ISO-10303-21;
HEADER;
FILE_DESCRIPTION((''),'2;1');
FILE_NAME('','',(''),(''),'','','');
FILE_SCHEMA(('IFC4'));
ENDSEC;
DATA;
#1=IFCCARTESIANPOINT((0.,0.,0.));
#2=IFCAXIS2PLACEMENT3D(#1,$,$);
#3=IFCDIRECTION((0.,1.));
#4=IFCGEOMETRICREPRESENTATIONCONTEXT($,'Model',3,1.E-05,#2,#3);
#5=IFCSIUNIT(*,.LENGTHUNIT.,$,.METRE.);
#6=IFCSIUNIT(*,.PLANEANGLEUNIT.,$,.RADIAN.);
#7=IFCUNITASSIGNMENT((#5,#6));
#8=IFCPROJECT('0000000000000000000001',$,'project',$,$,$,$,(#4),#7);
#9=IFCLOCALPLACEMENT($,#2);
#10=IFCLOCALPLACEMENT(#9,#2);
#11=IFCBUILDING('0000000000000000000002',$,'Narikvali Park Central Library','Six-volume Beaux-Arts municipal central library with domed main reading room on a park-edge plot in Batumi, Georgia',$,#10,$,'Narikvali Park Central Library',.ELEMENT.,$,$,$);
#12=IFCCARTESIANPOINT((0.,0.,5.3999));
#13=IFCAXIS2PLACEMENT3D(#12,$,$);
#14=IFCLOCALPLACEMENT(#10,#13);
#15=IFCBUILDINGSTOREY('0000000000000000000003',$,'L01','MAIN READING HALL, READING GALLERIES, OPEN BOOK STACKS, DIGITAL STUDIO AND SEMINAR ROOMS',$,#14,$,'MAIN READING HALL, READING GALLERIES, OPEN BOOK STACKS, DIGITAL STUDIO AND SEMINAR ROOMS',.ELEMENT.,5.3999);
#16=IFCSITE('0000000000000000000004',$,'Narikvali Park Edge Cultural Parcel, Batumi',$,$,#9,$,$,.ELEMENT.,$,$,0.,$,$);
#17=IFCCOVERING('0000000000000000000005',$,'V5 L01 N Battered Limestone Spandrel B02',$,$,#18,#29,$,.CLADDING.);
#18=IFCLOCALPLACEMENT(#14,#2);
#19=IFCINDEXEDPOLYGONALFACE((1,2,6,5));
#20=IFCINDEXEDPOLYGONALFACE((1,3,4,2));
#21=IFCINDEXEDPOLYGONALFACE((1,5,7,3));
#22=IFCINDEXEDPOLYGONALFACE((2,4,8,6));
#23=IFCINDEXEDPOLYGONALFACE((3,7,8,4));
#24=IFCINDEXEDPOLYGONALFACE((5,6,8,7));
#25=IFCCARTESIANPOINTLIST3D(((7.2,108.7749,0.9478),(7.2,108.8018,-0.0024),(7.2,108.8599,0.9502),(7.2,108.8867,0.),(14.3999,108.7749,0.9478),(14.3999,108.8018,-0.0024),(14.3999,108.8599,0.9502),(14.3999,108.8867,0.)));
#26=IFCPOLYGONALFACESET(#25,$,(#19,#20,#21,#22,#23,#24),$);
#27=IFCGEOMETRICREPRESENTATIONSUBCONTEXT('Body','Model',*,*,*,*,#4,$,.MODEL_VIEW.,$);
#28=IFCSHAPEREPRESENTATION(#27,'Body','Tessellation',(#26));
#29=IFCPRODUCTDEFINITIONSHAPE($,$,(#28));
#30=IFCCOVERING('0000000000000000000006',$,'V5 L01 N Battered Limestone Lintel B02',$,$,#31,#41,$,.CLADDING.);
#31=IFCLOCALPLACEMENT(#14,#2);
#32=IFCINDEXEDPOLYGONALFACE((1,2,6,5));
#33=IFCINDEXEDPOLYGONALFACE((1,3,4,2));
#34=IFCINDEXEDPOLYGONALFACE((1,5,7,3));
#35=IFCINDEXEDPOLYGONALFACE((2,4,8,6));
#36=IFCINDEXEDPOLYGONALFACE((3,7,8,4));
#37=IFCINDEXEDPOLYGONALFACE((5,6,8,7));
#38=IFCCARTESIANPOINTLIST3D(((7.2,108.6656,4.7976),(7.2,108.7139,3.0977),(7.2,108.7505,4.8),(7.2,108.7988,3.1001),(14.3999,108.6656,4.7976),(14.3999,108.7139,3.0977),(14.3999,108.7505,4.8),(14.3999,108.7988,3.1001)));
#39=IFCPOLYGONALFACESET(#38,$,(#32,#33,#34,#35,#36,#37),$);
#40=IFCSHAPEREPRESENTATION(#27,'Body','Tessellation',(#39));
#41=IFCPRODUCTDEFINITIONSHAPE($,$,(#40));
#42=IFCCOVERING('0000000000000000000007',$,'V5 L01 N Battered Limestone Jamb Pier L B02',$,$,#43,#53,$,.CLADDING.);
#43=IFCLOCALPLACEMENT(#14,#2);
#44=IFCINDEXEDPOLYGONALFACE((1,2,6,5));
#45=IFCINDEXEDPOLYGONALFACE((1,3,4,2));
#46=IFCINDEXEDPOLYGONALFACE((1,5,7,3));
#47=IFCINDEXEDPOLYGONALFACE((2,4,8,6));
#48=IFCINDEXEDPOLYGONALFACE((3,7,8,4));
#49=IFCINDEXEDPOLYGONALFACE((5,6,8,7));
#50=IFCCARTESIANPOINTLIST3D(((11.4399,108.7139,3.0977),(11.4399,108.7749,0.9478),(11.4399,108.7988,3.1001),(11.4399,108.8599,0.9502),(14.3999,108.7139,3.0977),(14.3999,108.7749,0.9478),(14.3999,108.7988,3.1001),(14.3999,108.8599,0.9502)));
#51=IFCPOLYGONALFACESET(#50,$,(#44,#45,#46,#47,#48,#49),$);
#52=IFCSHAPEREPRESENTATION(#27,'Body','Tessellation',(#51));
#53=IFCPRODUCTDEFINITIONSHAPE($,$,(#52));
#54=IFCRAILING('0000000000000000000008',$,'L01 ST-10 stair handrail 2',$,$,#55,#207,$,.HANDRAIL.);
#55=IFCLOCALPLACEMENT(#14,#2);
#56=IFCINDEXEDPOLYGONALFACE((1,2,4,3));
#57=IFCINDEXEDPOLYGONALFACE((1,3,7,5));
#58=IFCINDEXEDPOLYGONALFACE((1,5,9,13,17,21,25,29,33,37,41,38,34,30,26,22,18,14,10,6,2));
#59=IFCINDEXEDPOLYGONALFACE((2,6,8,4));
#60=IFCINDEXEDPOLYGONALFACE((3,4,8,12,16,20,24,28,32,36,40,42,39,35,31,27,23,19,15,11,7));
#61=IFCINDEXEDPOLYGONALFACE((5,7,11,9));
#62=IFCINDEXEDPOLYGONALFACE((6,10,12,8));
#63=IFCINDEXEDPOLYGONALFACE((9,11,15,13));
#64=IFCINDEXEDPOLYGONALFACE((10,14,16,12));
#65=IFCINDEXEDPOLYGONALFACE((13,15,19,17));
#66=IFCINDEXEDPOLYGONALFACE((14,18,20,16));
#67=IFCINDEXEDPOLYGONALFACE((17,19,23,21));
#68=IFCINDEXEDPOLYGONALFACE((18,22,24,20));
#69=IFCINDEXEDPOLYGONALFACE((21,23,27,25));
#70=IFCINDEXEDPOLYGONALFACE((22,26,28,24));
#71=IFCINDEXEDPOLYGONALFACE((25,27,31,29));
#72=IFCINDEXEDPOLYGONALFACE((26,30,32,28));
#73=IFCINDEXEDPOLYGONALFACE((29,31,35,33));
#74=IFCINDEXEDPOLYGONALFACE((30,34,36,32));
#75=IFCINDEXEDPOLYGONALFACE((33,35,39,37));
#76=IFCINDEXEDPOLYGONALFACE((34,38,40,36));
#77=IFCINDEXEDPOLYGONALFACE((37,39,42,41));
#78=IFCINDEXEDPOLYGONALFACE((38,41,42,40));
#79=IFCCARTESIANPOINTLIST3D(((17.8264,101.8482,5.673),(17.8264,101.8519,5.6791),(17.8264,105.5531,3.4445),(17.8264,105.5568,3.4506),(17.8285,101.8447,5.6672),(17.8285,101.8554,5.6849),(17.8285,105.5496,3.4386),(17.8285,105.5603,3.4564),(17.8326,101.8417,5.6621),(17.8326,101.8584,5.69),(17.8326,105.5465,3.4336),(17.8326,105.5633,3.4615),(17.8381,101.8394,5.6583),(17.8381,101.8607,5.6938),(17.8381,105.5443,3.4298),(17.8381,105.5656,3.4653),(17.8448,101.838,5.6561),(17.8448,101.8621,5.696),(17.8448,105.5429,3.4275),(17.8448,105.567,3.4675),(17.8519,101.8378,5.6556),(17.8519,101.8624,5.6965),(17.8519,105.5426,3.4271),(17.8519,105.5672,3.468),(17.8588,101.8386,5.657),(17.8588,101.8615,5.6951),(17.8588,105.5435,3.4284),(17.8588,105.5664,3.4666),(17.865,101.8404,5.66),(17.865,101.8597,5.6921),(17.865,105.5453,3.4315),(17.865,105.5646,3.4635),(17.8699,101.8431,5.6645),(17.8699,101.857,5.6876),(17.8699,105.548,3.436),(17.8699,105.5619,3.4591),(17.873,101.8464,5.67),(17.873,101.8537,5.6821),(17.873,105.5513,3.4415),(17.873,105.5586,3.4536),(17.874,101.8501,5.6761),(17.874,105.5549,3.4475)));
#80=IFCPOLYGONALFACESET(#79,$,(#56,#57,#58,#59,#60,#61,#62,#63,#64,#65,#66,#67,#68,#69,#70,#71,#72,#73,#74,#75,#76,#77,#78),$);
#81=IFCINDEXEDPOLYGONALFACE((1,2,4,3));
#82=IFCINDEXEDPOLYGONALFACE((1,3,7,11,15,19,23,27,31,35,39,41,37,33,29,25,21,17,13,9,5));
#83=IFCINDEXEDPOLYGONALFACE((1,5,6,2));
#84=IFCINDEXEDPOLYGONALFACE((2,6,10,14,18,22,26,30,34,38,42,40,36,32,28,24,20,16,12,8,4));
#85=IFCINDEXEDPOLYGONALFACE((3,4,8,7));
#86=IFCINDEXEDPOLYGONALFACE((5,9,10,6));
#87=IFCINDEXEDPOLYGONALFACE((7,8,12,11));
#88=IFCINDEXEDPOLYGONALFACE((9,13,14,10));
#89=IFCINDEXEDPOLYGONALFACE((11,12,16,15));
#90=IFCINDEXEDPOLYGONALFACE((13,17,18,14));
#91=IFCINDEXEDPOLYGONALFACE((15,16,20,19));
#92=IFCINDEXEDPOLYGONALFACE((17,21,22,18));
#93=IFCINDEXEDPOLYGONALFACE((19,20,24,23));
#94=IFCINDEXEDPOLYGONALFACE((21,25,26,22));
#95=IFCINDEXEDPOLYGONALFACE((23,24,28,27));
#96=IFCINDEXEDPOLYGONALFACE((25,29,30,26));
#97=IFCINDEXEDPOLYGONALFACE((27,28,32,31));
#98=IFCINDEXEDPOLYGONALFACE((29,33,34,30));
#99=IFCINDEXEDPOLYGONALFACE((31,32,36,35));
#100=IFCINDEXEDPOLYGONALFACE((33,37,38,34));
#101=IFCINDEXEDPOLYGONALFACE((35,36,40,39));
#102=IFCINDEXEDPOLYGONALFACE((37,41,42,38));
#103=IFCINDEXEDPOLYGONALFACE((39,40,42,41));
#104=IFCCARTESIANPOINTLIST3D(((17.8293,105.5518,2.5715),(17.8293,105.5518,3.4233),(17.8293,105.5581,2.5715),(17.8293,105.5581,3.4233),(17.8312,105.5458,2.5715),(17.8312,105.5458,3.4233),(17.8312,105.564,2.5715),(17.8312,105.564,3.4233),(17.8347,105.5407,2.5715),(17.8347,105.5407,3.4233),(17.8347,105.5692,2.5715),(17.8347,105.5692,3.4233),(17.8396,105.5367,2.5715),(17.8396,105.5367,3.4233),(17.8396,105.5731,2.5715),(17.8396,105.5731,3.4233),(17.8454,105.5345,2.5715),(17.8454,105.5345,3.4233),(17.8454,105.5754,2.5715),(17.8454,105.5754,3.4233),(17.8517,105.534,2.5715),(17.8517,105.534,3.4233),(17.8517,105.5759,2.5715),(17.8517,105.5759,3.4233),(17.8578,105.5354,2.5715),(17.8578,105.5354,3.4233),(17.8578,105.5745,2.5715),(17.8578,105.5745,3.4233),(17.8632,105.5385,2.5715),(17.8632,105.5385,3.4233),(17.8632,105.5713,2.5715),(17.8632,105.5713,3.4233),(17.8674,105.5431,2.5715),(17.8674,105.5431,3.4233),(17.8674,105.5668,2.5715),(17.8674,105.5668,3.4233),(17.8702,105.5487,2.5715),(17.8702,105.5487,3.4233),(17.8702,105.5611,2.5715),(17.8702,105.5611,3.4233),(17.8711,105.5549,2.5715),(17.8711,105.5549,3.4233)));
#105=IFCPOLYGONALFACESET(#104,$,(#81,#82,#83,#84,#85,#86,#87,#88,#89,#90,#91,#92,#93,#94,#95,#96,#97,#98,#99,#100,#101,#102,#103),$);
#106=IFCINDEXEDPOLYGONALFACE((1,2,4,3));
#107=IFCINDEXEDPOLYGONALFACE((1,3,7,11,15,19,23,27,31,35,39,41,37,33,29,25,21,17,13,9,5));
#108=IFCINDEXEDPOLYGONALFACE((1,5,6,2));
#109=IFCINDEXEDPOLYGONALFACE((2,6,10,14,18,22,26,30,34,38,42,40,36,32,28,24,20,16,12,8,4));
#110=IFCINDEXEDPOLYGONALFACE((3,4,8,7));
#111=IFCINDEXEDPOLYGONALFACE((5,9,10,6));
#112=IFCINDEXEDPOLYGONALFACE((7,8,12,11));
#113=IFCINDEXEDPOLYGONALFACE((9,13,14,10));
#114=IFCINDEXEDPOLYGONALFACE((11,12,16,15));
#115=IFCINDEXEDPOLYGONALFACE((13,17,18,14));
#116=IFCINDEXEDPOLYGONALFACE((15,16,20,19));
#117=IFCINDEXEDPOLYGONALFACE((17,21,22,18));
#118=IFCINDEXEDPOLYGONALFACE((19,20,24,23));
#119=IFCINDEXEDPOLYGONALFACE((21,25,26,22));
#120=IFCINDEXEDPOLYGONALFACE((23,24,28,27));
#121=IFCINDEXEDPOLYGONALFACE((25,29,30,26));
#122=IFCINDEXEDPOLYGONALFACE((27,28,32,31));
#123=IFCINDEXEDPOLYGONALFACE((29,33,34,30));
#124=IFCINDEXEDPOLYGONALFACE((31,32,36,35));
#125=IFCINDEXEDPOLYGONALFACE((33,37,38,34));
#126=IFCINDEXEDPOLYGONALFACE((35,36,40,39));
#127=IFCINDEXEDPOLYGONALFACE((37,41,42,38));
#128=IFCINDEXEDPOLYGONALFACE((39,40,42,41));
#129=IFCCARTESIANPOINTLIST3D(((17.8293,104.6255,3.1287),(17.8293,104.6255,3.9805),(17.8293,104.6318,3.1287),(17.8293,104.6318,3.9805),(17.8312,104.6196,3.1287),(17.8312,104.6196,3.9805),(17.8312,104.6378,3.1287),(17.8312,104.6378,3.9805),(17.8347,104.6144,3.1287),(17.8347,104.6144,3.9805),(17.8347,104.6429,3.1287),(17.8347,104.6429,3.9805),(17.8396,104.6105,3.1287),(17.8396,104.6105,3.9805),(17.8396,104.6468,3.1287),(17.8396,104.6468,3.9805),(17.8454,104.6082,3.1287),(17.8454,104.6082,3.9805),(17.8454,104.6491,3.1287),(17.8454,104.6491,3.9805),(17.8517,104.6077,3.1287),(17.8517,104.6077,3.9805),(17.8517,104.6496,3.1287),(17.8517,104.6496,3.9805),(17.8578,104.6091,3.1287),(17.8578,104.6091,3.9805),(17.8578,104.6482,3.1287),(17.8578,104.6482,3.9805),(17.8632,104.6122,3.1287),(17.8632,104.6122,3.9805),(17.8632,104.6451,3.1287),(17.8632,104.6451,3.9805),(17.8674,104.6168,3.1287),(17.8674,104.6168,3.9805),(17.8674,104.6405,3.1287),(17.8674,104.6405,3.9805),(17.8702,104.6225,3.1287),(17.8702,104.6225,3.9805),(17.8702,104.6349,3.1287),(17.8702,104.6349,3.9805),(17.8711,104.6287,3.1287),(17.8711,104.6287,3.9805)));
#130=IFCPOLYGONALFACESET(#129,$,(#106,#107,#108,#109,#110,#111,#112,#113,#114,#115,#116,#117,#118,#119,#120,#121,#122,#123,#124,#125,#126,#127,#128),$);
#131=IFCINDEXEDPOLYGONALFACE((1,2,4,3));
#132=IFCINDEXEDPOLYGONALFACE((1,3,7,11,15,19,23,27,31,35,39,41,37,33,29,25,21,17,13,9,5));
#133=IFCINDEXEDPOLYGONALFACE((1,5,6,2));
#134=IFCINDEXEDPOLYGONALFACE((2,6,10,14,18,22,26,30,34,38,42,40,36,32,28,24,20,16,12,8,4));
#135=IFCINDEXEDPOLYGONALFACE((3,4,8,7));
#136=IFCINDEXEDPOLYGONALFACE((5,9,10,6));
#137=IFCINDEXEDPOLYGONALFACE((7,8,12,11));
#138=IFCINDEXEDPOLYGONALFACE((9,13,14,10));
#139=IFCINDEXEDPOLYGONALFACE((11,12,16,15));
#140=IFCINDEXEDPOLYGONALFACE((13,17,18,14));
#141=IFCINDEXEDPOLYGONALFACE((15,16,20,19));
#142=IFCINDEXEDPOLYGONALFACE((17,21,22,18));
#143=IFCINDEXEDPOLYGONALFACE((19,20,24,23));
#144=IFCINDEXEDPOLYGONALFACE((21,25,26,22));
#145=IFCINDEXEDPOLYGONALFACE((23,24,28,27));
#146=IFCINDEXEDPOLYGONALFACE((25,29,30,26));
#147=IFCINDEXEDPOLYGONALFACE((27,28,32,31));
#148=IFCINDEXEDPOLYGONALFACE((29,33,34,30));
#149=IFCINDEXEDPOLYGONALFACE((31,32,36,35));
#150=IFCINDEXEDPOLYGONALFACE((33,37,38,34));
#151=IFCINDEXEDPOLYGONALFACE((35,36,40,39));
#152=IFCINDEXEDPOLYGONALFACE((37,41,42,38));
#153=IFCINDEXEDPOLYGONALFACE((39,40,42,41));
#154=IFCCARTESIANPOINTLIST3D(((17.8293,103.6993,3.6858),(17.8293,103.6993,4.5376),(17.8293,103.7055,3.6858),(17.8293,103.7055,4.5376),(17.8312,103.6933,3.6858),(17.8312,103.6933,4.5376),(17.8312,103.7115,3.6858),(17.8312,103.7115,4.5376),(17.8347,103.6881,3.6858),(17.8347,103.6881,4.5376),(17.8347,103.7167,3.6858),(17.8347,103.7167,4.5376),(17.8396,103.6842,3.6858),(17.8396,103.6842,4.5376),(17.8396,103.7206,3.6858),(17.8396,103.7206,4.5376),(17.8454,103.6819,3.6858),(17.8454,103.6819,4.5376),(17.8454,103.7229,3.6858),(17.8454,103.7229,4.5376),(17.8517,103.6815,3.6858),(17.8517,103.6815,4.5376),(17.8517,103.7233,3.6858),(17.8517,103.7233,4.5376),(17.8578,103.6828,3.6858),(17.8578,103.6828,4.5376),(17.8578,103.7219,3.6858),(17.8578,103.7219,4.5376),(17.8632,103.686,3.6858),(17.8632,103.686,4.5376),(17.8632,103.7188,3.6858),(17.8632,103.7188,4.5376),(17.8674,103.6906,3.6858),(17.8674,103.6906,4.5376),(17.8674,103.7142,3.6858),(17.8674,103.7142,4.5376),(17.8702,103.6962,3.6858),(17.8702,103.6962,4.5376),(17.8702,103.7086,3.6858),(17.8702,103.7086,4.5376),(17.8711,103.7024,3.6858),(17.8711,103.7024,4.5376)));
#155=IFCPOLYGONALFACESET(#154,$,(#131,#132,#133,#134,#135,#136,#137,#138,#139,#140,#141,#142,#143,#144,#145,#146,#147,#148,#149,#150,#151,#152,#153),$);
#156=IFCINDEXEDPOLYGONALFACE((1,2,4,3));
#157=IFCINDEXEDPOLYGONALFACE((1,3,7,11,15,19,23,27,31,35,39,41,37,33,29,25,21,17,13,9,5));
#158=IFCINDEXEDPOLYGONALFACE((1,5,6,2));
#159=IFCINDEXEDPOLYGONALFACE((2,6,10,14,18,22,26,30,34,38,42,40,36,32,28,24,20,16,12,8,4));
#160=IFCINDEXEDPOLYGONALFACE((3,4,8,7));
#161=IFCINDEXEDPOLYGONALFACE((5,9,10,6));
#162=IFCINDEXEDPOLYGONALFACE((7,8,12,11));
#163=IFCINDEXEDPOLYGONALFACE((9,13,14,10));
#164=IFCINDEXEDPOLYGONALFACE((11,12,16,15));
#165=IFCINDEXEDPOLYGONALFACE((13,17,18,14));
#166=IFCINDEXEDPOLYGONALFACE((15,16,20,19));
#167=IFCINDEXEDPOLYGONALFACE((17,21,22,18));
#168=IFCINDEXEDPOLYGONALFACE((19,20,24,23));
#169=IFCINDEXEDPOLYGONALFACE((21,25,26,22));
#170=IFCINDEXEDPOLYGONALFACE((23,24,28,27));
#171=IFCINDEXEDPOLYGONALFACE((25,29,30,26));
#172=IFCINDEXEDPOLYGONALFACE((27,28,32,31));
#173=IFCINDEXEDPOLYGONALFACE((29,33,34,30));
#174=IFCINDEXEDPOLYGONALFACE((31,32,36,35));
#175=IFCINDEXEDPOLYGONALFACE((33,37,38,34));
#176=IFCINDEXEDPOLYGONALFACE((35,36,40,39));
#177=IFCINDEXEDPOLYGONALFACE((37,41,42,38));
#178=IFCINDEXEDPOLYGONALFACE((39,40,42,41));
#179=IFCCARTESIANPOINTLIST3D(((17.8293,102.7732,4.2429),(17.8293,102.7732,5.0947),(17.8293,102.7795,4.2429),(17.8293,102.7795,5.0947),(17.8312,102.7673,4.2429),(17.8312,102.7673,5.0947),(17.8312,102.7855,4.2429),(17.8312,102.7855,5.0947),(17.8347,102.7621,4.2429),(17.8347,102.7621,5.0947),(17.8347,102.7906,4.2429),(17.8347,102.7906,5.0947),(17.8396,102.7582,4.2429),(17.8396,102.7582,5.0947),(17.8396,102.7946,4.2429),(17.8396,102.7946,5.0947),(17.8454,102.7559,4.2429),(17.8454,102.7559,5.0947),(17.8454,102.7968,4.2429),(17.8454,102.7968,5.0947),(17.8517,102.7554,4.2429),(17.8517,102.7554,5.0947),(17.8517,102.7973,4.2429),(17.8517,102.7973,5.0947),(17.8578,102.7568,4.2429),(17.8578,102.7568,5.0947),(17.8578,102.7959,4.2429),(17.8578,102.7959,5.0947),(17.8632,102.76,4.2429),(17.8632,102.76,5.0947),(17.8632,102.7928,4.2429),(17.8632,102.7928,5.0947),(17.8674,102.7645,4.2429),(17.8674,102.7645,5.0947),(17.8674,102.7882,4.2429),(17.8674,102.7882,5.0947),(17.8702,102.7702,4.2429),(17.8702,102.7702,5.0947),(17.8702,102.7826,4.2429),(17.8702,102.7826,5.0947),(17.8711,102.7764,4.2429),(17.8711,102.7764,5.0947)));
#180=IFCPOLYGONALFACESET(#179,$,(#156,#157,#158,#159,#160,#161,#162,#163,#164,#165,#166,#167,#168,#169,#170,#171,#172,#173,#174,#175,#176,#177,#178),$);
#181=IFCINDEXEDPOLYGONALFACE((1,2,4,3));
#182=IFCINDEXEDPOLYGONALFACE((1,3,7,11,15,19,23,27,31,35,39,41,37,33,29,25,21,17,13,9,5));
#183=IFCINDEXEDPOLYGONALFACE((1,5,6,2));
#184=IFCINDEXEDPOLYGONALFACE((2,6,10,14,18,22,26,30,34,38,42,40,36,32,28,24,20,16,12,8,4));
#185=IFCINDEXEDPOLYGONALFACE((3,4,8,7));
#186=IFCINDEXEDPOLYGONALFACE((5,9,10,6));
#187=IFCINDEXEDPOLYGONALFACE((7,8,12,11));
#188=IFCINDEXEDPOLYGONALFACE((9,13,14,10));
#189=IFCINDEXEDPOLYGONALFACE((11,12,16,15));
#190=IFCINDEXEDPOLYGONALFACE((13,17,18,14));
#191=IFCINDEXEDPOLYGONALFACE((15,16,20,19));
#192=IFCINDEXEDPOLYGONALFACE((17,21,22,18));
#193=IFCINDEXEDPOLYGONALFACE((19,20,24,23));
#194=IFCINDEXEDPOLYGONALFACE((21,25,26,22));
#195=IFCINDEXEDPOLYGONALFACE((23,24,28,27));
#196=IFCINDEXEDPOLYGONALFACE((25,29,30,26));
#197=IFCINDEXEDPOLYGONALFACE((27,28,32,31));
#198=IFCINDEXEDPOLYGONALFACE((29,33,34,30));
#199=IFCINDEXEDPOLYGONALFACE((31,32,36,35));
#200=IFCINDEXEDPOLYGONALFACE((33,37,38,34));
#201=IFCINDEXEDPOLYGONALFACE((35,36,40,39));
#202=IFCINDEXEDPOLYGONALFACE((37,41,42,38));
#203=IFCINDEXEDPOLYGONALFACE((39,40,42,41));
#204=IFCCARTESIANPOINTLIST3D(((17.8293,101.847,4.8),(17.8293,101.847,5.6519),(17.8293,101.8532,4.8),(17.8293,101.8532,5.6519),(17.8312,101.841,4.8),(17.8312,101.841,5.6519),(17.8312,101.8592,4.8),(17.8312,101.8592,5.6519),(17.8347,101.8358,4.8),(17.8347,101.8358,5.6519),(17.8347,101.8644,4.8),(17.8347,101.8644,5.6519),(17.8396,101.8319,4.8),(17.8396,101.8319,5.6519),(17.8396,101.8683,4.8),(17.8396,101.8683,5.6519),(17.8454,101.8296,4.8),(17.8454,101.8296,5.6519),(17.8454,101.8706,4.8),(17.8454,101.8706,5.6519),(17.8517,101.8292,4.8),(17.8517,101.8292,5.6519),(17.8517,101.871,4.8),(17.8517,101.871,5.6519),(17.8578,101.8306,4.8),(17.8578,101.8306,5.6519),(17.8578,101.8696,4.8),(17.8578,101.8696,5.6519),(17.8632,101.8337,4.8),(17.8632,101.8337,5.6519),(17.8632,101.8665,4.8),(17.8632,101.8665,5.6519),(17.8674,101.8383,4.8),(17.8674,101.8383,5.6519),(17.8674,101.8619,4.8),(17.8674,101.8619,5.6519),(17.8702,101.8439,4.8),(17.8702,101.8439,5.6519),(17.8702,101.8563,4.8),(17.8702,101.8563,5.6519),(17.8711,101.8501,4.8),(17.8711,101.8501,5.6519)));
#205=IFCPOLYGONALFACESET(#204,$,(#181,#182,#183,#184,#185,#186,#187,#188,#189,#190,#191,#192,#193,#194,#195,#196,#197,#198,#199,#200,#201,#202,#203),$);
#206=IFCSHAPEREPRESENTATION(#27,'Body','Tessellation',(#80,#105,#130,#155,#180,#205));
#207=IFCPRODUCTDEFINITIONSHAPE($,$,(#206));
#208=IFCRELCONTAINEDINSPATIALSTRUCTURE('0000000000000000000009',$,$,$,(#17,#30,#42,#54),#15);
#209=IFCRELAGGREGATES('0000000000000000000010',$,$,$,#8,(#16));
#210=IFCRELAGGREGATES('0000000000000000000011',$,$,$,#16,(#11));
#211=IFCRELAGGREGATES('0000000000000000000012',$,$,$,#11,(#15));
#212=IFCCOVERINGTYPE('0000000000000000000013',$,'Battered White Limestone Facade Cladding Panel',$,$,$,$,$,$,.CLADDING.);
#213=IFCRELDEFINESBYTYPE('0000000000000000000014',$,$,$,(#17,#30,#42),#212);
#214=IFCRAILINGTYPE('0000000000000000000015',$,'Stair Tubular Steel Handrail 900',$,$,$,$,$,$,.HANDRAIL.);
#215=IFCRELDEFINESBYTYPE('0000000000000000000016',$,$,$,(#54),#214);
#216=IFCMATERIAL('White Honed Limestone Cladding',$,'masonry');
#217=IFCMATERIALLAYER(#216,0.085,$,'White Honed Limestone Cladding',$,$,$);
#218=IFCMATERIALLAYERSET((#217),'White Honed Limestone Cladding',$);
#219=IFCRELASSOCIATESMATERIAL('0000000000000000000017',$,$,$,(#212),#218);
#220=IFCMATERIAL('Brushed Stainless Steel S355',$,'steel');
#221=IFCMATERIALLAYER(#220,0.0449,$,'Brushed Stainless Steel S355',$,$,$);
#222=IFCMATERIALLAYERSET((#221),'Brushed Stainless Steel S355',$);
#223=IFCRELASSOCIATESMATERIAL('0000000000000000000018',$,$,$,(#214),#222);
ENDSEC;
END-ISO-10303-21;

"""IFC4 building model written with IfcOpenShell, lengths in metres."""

from ifc_helpers import new_model, si_unit, direction, frame, origin, origin_2d, place, context, subcontext, project, spatial, polyline, circle, outline, extrude, material, layer, layer_set, type_object, element, save


model = new_model("IFC4")

# Units and contexts
model_context = context("Model", 3, precision=1e-05, world=origin(), true_north=direction((0.0, 1.0)))
body_context = subcontext(model_context, "Body", "Model", "MODEL_VIEW")
ifc_project = project(units=[si_unit("LENGTHUNIT", "METRE"), si_unit("PLANEANGLEUNIT", "RADIAN")], contexts=[model_context])

# Site, building, storey
site_placement = place(None, origin())
site = spatial("IfcSite", under=ifc_project, at=site_placement, Name="Narikvali Park Edge Cultural Parcel, Batumi", CompositionType="ELEMENT", RefElevation=0.0)
building_placement = place(site_placement, origin())
building = spatial("IfcBuilding", under=site, at=building_placement, Name="Narikvali Park Central Library", Description="Six-volume Beaux-Arts municipal central library with domed main reading room on a park-edge plot in Batumi, Georgia", LongName="Narikvali Park Central Library", CompositionType="ELEMENT")
storey_placement = place(building_placement, frame((0.0, 0.0, 5.3999)))
storey = spatial("IfcBuildingStorey", under=building, at=storey_placement, Name="L01", Description="MAIN READING HALL, READING GALLERIES, OPEN BOOK STACKS, DIGITAL STUDIO AND SEMINAR ROOMS", LongName="MAIN READING HALL, READING GALLERIES, OPEN BOOK STACKS, DIGITAL STUDIO AND SEMINAR ROOMS", CompositionType="ELEMENT", Elevation=5.3999)

# Shared definitions
ifc_material_1 = material(Name="Brushed Stainless Steel S355", Category="steel")

# Coverings
ifc_material_2 = material(Name="White Honed Limestone Cladding", Category="masonry")
ifc_layer_1 = layer(ifc_material_2, 0.085, Name="White Honed Limestone Cladding")
ifc_layer_set_1 = layer_set([ifc_layer_1], Name="White Honed Limestone Cladding")
covering_type = type_object("IfcCoveringType", Name="Battered White Limestone Facade Cladding Panel", PredefinedType="CLADDING", material=ifc_layer_set_1)
covering_1_placement = place(storey_placement, frame((14.3999, 108.8867, 0.0), z_axis=(0.0, 0.999601, 0.028252), x_axis=(-1.0, 0.0, 0.0)))
element("IfcCovering", 1, at=covering_1_placement, inside=storey, type_object=covering_type, Name="V5 L01 N Battered Limestone Spandrel B02", PredefinedType="CLADDING", context=body_context, shape_type="SweptSolid", body=[
    extrude(outline(polyline([(0.0, 0.0), (7.2, 0.0), (7.2, 0.9506), (0.0, 0.9506), (0.0, 0.0)])), origin(), (0.0, 0.0, -1.0), 0.085),
])
covering_2_placement = place(storey_placement, frame((14.3999, 108.7988, 3.1001), z_axis=(0.0, 0.999596, 0.028425), x_axis=(-1.0, 0.0, 0.0)))
element("IfcCovering", 2, at=covering_2_placement, inside=storey, type_object=covering_type, Name="V5 L01 N Battered Limestone Lintel B02", PredefinedType="CLADDING", context=body_context, shape_type="SweptSolid", body=[
    extrude(outline(polyline([(0.0, 0.0), (7.2, 0.0), (7.2, 1.7006), (0.0, 1.7006), (0.0, 0.0)])), origin(), (0.0, 0.0, -1.0), 0.085),
])
covering_3_placement = place(storey_placement, frame((14.3999, 108.8599, 0.9502), z_axis=(0.0, 0.999597, 0.028378), x_axis=(-1.0, 0.0, 0.0)))
element("IfcCovering", 3, at=covering_3_placement, inside=storey, type_object=covering_type, Name="V5 L01 N Battered Limestone Jamb Pier L B02", PredefinedType="CLADDING", context=body_context, shape_type="SweptSolid", body=[
    extrude(outline(polyline([(0.0, 0.0), (2.96, 0.0), (2.96, 2.1508), (0.0, 2.1508), (0.0, 0.0)])), origin(), (0.0, 0.0, -1.0), 0.085),
])

# Railing
ifc_layer_2 = layer(ifc_material_1, 0.0449, Name="Brushed Stainless Steel S355")
ifc_layer_set_2 = layer_set([ifc_layer_2], Name="Brushed Stainless Steel S355")
railing_type_1 = type_object("IfcRailingType", Name="Stair Tubular Steel Handrail 900", PredefinedType="HANDRAIL", material=ifc_layer_set_2)
railing_1_placement = place(storey_placement, frame((17.8501, 105.5549, 2.5715)))
element("IfcRailing", 4, at=railing_1_placement, inside=storey, type_object=railing_type_1, Name="L01 ST-10 stair handrail 2", PredefinedType="HANDRAIL", context=body_context, shape_type="SweptSolid", body=[
    extrude(circle(Radius=0.0239, at=origin_2d()), frame((0.0, 0.0, 0.876), z_axis=(0.0, -0.856919, 0.51545), x_axis=(1.0, 0.0, 0.0)), (0.0, 0.0, 1.0), 4.3235),
    extrude(circle(Radius=0.021, at=origin_2d()), origin(), (0.0, 0.0, 1.0), 0.8518),
    extrude(circle(Radius=0.021, at=origin_2d()), frame((0.0, -0.9263, 0.5571)), (0.0, 0.0, 1.0), 0.8518),
    extrude(circle(Radius=0.021, at=origin_2d()), frame((0.0, -1.8525, 1.1143)), (0.0, 0.0, 1.0), 0.8518),
    extrude(circle(Radius=0.021, at=origin_2d()), frame((0.0, -2.7786, 1.6714)), (0.0, 0.0, 1.0), 0.8518),
    extrude(circle(Radius=0.021, at=origin_2d()), frame((0.0, -3.7048, 2.2285)), (0.0, 0.0, 1.0), 0.8518),
])

save(model, "model.ifc")
